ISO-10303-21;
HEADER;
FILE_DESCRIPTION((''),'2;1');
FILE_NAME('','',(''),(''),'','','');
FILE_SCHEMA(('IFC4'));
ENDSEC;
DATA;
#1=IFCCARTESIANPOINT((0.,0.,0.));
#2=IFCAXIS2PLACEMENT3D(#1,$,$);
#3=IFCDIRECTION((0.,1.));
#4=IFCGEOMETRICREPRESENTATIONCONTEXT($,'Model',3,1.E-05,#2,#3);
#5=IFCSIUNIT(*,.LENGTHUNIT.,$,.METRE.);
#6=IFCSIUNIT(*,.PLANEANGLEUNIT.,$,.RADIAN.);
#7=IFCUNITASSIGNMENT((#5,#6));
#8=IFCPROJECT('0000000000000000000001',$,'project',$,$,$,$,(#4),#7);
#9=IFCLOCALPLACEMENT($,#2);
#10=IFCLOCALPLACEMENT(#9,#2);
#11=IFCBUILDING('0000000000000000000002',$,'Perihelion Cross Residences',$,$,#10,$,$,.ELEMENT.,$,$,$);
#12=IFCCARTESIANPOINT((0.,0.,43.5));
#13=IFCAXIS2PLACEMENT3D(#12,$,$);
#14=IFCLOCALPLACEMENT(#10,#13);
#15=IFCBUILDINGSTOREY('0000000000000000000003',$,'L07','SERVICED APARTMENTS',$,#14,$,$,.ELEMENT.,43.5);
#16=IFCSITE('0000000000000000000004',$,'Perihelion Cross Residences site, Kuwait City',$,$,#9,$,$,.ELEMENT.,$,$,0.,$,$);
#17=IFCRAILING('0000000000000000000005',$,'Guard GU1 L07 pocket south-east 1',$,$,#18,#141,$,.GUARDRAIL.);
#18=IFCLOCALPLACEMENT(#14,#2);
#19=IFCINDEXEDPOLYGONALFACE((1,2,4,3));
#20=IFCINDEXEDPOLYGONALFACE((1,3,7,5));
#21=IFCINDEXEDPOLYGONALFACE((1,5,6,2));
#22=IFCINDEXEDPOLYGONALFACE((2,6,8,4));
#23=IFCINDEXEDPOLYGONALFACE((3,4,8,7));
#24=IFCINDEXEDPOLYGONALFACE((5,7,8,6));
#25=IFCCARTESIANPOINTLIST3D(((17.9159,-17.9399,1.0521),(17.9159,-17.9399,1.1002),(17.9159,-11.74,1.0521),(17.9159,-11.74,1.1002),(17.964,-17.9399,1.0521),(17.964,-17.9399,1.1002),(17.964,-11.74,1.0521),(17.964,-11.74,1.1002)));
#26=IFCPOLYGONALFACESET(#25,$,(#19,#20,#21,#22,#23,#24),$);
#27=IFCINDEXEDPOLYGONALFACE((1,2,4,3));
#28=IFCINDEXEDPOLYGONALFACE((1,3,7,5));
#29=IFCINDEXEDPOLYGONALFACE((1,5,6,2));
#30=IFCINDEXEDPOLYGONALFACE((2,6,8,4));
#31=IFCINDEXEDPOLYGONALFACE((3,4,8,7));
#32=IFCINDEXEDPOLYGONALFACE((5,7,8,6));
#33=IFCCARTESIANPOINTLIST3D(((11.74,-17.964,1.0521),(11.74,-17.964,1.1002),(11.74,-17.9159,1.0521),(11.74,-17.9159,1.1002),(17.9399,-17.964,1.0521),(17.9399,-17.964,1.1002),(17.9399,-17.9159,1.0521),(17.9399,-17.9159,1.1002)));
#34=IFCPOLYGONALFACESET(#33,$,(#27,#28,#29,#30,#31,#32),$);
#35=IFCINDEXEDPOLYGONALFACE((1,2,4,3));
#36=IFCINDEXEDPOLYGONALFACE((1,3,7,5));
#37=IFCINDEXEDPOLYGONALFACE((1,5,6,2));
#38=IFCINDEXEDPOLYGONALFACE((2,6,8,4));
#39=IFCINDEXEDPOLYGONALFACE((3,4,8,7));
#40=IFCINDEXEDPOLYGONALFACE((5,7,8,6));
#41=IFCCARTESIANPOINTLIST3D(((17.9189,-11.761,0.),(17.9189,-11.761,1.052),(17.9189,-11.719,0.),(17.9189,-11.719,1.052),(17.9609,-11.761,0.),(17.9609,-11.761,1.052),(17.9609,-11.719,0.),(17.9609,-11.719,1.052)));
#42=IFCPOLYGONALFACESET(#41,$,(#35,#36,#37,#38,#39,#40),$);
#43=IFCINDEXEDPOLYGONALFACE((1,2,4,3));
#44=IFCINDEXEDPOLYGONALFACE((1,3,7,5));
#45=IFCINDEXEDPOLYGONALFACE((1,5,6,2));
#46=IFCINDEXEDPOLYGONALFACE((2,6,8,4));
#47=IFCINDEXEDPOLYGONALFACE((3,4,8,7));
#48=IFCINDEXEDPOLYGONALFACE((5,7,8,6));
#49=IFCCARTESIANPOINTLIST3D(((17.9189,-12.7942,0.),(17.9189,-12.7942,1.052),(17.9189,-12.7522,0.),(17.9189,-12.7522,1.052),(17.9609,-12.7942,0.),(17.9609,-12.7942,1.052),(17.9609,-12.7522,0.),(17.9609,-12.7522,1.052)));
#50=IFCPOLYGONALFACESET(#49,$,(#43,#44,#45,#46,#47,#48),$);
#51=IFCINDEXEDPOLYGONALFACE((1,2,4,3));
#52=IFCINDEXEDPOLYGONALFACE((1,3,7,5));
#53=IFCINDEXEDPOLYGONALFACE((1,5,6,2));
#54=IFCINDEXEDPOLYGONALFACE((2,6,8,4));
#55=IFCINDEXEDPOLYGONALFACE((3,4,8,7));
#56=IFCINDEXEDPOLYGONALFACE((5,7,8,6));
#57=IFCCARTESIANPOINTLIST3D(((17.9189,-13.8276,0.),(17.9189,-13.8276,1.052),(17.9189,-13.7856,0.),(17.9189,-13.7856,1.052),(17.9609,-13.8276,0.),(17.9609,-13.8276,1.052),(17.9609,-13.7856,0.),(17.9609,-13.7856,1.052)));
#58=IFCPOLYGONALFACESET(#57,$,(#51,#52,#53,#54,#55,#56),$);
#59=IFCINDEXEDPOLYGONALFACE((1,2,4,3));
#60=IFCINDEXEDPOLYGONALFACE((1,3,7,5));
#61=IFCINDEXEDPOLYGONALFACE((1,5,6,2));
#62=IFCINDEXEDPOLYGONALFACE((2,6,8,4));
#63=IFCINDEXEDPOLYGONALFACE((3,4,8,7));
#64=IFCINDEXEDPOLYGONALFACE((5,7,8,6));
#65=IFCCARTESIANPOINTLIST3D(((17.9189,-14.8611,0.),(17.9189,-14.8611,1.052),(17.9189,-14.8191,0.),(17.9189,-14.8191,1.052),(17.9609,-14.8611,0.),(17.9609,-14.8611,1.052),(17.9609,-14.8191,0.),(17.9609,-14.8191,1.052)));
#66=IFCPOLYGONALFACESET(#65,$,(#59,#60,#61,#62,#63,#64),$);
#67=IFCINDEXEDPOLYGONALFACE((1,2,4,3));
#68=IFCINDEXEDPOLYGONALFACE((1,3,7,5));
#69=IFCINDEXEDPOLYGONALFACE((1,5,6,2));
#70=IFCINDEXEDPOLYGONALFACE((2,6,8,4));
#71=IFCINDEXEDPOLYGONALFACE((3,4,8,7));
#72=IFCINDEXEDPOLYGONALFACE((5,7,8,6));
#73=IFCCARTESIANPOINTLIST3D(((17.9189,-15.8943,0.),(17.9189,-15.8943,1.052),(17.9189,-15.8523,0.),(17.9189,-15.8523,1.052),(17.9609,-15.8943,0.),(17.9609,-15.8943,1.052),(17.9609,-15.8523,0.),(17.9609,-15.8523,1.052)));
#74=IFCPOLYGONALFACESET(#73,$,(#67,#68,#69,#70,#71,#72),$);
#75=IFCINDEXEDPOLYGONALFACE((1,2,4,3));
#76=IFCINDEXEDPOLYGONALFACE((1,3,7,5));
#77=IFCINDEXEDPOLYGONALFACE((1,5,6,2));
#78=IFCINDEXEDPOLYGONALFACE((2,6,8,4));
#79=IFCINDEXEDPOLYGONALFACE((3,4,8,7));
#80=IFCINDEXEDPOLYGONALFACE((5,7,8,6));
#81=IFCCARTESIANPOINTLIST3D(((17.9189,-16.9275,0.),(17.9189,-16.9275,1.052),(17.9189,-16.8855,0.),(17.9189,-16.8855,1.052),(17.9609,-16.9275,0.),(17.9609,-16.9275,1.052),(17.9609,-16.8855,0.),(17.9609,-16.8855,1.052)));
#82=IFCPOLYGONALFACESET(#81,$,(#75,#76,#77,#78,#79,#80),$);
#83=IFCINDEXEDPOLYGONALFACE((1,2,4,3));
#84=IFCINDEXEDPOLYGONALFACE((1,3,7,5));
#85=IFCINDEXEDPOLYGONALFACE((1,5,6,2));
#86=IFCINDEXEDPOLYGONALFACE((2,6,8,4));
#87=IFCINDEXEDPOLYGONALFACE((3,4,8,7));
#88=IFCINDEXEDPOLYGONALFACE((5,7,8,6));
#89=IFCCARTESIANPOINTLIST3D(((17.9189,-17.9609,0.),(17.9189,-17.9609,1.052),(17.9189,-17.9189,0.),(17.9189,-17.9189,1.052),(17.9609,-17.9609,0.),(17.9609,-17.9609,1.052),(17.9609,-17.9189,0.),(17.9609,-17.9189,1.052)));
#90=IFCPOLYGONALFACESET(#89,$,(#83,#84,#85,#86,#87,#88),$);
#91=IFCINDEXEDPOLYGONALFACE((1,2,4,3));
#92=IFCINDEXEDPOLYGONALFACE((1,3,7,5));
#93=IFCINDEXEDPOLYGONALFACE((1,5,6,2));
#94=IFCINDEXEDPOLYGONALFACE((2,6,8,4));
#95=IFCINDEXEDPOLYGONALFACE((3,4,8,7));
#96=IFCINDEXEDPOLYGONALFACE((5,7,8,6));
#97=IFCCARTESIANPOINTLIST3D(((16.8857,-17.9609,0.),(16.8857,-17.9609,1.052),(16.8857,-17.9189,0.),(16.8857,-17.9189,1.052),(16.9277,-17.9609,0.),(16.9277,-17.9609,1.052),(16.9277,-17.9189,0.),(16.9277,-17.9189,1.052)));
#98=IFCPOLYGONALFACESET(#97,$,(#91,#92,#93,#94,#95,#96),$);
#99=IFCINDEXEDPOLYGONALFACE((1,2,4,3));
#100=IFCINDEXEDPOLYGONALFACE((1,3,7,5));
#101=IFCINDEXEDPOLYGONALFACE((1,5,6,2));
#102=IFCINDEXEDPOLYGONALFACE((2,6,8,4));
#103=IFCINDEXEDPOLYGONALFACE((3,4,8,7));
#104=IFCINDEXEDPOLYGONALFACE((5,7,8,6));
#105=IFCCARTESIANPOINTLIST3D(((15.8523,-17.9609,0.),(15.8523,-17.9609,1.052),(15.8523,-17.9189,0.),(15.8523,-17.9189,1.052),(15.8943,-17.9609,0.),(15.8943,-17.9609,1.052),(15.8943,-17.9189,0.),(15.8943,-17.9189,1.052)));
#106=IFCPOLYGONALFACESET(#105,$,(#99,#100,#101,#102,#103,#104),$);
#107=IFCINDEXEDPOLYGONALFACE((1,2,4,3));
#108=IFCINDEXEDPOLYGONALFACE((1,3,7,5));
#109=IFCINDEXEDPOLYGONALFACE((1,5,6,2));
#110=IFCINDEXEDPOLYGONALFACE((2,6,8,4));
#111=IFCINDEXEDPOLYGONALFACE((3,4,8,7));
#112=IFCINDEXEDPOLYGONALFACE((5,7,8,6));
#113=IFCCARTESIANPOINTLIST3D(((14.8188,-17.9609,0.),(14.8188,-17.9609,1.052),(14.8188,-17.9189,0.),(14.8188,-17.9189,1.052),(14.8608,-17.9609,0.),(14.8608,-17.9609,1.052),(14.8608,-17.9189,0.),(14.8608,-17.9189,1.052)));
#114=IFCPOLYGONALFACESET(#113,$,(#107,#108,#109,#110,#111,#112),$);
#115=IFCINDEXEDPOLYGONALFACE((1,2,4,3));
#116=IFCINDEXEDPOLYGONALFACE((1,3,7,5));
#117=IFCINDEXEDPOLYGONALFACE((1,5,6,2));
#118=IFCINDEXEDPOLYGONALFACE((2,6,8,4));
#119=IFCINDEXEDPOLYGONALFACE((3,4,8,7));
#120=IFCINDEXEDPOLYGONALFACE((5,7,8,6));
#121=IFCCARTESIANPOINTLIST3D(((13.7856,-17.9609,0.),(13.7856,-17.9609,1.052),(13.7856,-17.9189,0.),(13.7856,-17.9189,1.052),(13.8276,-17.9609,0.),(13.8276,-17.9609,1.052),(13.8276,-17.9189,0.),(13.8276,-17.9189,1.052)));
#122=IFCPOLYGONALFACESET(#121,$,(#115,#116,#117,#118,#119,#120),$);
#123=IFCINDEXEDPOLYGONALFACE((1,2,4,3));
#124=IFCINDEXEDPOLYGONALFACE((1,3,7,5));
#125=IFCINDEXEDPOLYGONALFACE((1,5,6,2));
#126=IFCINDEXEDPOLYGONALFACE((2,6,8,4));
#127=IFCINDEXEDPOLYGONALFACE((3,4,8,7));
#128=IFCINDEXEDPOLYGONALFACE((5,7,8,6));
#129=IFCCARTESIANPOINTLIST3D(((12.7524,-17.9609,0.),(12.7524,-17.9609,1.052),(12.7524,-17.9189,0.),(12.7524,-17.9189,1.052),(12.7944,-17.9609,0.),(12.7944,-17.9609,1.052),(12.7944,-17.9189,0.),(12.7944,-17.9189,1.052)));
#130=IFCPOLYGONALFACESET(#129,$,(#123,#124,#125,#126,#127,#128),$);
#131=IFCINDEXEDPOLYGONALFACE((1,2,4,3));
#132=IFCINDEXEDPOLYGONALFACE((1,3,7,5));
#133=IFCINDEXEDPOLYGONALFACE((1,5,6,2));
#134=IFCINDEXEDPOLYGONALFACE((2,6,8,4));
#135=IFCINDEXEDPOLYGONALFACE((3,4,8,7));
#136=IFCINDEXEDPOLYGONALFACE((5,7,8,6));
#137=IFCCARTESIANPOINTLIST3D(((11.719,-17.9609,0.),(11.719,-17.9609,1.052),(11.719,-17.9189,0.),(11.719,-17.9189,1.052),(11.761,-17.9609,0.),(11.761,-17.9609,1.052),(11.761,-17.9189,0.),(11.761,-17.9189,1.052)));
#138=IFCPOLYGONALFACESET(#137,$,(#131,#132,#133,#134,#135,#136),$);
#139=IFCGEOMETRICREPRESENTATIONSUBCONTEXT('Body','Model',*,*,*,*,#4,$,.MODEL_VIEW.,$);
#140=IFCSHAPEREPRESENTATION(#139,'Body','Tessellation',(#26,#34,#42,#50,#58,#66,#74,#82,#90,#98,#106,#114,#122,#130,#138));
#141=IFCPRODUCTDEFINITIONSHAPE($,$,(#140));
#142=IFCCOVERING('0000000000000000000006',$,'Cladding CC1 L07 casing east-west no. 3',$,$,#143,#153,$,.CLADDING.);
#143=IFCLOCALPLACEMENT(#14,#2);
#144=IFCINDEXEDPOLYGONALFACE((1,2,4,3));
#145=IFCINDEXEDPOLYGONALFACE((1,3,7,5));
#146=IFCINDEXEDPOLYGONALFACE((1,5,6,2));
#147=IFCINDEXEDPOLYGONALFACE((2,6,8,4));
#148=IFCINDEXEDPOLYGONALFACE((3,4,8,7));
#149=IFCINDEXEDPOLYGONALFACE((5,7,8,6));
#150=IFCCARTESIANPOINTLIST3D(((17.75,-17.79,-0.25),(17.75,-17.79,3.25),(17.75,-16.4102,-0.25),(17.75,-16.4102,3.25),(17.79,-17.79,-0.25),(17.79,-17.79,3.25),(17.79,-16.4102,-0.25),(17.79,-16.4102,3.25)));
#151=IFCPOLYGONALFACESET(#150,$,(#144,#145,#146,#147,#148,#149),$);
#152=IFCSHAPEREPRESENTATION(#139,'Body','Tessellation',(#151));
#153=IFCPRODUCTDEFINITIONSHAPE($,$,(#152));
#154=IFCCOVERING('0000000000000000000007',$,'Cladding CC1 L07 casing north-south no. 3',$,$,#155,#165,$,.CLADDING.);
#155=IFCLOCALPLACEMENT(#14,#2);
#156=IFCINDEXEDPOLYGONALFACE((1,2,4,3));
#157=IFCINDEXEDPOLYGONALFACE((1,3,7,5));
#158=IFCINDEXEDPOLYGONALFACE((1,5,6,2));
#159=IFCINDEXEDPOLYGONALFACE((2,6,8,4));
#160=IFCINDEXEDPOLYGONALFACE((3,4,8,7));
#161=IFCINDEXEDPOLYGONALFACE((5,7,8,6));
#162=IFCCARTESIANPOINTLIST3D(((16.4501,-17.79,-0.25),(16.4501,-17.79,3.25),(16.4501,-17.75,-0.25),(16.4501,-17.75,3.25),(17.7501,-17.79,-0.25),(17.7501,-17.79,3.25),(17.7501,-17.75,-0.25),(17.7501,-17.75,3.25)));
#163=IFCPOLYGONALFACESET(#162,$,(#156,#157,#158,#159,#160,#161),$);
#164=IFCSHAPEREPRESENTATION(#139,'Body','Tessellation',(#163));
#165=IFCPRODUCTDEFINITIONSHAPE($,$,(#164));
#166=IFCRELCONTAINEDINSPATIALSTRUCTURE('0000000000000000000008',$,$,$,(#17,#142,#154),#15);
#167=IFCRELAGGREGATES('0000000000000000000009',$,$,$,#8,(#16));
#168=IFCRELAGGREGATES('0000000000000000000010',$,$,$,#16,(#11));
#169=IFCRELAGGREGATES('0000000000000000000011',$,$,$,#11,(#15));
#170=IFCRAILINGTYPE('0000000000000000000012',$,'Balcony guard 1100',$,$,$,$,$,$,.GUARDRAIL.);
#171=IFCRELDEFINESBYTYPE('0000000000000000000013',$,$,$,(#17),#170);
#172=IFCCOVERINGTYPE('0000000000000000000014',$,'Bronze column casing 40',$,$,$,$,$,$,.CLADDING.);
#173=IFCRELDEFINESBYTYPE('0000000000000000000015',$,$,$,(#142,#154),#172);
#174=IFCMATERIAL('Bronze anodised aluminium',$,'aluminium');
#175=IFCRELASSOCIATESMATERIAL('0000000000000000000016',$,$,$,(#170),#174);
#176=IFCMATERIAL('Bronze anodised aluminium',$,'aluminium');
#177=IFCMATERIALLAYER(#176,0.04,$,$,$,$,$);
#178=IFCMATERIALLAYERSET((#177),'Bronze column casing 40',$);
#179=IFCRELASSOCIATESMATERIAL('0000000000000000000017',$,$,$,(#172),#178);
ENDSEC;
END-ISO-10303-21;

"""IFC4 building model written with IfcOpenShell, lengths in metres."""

from ifc_helpers import new_model, si_unit, direction, frame, origin, origin_2d, place, context, subcontext, project, spatial, rectangle, extrude, material, layer, layer_set, type_object, element, save


model = new_model("IFC4")

# Units and contexts
model_context = context("Model", 3, precision=1e-05, world=origin(), true_north=direction((0.0, 1.0)))
body_context = subcontext(model_context, "Body", "Model", "MODEL_VIEW")
ifc_project = project(units=[si_unit("LENGTHUNIT", "METRE"), si_unit("PLANEANGLEUNIT", "RADIAN")], contexts=[model_context])

# Site, building, storey
site_placement = place(None, origin())
site = spatial("IfcSite", under=ifc_project, at=site_placement, Name="Perihelion Cross Residences site, Kuwait City", CompositionType="ELEMENT", RefElevation=0.0)
building_placement = place(site_placement, origin())
building = spatial("IfcBuilding", under=site, at=building_placement, Name="Perihelion Cross Residences", CompositionType="ELEMENT")
storey_placement = place(building_placement, frame((0.0, 0.0, 43.5)))
storey = spatial("IfcBuildingStorey", under=building, at=storey_placement, Name="L07", Description="SERVICED APARTMENTS", CompositionType="ELEMENT", Elevation=43.5)

# Railing
ifc_material_1 = material(Name="Bronze anodised aluminium", Category="aluminium")
railing_type = type_object("IfcRailingType", Name="Balcony guard 1100", PredefinedType="GUARDRAIL", material=ifc_material_1)
railing_1_placement = place(storey_placement, frame((17.9399, -11.74, 0.0)))
element("IfcRailing", 1, at=railing_1_placement, inside=storey, type_object=railing_type, Name="Guard GU1 L07 pocket south-east 1", PredefinedType="GUARDRAIL", context=body_context, shape_type="SweptSolid", body=[
    extrude(rectangle(XDim=0.0481, YDim=0.0481, at=origin_2d()), frame((0.0, 0.0, 1.0762), z_axis=(0.0, -1.0, 0.0), x_axis=(1.0, 0.0, 0.0)), (0.0, 0.0, 1.0), 6.2),
    extrude(rectangle(XDim=0.0481, YDim=0.0481, at=origin_2d()), frame((0.0, -6.2, 1.0762), z_axis=(-1.0, 0.0, 0.0), x_axis=(0.0, -1.0, 0.0)), (0.0, 0.0, 1.0), 6.2),
    extrude(rectangle(XDim=0.042, YDim=0.042, at=origin_2d()), origin(), (0.0, 0.0, 1.0), 1.052),
    extrude(rectangle(XDim=0.042, YDim=0.042, at=origin_2d()), frame((0.0, -1.0332, 0.0)), (0.0, 0.0, 1.0), 1.052),
    extrude(rectangle(XDim=0.042, YDim=0.042, at=origin_2d()), frame((0.0, -2.0667, 0.0)), (0.0, 0.0, 1.0), 1.052),
    extrude(rectangle(XDim=0.042, YDim=0.042, at=origin_2d()), frame((0.0, -3.1001, 0.0)), (0.0, 0.0, 1.0), 1.052),
    extrude(rectangle(XDim=0.042, YDim=0.042, at=origin_2d()), frame((0.0, -4.1333, 0.0)), (0.0, 0.0, 1.0), 1.052),
    extrude(rectangle(XDim=0.042, YDim=0.042, at=origin_2d()), frame((0.0, -5.1665, 0.0)), (0.0, 0.0, 1.0), 1.052),
    extrude(rectangle(XDim=0.042, YDim=0.042, at=origin_2d()), frame((0.0, -6.2, 0.0)), (0.0, 0.0, 1.0), 1.052),
    extrude(rectangle(XDim=0.042, YDim=0.042, at=origin_2d()), frame((-1.0332, -6.2, 0.0)), (0.0, 0.0, 1.0), 1.052),
    extrude(rectangle(XDim=0.042, YDim=0.042, at=origin_2d()), frame((-2.0667, -6.2, 0.0)), (0.0, 0.0, 1.0), 1.052),
    extrude(rectangle(XDim=0.042, YDim=0.042, at=origin_2d()), frame((-3.1001, -6.2, 0.0)), (0.0, 0.0, 1.0), 1.052),
    extrude(rectangle(XDim=0.042, YDim=0.042, at=origin_2d()), frame((-4.1333, -6.2, 0.0)), (0.0, 0.0, 1.0), 1.052),
    extrude(rectangle(XDim=0.042, YDim=0.042, at=origin_2d()), frame((-5.1665, -6.2, 0.0)), (0.0, 0.0, 1.0), 1.052),
    extrude(rectangle(XDim=0.042, YDim=0.042, at=origin_2d()), frame((-6.2, -6.2, 0.0)), (0.0, 0.0, 1.0), 1.052),
])

# Coverings
ifc_material_2 = material(Name="Bronze anodised aluminium", Category="aluminium")
ifc_layer_1 = layer(ifc_material_2, 0.04)
ifc_layer_set_1 = layer_set([ifc_layer_1], Name="Bronze column casing 40")
covering_type = type_object("IfcCoveringType", Name="Bronze column casing 40", PredefinedType="CLADDING", material=ifc_layer_set_1)
covering_1_placement = place(storey_placement, frame((17.77, -17.1001, -0.25), z_axis=(0.0, 0.0, 1.0), x_axis=(1.0, 0.0, 0.0)))
element("IfcCovering", 2, at=covering_1_placement, inside=storey, type_object=covering_type, Name="Cladding CC1 L07 casing east-west no. 3", PredefinedType="CLADDING", context=body_context, shape_type="SweptSolid", body=[
    extrude(rectangle(XDim=0.04, YDim=1.3799, at=origin_2d()), origin(), (0.0, 0.0, 1.0), 3.5),
])
covering_2_placement = place(storey_placement, frame((17.1001, -17.77, -0.25), z_axis=(0.0, 0.0, 1.0), x_axis=(1.0, 0.0, 0.0)))
element("IfcCovering", 3, at=covering_2_placement, inside=storey, type_object=covering_type, Name="Cladding CC1 L07 casing north-south no. 3", PredefinedType="CLADDING", context=body_context, shape_type="SweptSolid", body=[
    extrude(rectangle(XDim=1.3, YDim=0.04, at=origin_2d()), origin(), (0.0, 0.0, 1.0), 3.5),
])

save(model, "model.ifc")
